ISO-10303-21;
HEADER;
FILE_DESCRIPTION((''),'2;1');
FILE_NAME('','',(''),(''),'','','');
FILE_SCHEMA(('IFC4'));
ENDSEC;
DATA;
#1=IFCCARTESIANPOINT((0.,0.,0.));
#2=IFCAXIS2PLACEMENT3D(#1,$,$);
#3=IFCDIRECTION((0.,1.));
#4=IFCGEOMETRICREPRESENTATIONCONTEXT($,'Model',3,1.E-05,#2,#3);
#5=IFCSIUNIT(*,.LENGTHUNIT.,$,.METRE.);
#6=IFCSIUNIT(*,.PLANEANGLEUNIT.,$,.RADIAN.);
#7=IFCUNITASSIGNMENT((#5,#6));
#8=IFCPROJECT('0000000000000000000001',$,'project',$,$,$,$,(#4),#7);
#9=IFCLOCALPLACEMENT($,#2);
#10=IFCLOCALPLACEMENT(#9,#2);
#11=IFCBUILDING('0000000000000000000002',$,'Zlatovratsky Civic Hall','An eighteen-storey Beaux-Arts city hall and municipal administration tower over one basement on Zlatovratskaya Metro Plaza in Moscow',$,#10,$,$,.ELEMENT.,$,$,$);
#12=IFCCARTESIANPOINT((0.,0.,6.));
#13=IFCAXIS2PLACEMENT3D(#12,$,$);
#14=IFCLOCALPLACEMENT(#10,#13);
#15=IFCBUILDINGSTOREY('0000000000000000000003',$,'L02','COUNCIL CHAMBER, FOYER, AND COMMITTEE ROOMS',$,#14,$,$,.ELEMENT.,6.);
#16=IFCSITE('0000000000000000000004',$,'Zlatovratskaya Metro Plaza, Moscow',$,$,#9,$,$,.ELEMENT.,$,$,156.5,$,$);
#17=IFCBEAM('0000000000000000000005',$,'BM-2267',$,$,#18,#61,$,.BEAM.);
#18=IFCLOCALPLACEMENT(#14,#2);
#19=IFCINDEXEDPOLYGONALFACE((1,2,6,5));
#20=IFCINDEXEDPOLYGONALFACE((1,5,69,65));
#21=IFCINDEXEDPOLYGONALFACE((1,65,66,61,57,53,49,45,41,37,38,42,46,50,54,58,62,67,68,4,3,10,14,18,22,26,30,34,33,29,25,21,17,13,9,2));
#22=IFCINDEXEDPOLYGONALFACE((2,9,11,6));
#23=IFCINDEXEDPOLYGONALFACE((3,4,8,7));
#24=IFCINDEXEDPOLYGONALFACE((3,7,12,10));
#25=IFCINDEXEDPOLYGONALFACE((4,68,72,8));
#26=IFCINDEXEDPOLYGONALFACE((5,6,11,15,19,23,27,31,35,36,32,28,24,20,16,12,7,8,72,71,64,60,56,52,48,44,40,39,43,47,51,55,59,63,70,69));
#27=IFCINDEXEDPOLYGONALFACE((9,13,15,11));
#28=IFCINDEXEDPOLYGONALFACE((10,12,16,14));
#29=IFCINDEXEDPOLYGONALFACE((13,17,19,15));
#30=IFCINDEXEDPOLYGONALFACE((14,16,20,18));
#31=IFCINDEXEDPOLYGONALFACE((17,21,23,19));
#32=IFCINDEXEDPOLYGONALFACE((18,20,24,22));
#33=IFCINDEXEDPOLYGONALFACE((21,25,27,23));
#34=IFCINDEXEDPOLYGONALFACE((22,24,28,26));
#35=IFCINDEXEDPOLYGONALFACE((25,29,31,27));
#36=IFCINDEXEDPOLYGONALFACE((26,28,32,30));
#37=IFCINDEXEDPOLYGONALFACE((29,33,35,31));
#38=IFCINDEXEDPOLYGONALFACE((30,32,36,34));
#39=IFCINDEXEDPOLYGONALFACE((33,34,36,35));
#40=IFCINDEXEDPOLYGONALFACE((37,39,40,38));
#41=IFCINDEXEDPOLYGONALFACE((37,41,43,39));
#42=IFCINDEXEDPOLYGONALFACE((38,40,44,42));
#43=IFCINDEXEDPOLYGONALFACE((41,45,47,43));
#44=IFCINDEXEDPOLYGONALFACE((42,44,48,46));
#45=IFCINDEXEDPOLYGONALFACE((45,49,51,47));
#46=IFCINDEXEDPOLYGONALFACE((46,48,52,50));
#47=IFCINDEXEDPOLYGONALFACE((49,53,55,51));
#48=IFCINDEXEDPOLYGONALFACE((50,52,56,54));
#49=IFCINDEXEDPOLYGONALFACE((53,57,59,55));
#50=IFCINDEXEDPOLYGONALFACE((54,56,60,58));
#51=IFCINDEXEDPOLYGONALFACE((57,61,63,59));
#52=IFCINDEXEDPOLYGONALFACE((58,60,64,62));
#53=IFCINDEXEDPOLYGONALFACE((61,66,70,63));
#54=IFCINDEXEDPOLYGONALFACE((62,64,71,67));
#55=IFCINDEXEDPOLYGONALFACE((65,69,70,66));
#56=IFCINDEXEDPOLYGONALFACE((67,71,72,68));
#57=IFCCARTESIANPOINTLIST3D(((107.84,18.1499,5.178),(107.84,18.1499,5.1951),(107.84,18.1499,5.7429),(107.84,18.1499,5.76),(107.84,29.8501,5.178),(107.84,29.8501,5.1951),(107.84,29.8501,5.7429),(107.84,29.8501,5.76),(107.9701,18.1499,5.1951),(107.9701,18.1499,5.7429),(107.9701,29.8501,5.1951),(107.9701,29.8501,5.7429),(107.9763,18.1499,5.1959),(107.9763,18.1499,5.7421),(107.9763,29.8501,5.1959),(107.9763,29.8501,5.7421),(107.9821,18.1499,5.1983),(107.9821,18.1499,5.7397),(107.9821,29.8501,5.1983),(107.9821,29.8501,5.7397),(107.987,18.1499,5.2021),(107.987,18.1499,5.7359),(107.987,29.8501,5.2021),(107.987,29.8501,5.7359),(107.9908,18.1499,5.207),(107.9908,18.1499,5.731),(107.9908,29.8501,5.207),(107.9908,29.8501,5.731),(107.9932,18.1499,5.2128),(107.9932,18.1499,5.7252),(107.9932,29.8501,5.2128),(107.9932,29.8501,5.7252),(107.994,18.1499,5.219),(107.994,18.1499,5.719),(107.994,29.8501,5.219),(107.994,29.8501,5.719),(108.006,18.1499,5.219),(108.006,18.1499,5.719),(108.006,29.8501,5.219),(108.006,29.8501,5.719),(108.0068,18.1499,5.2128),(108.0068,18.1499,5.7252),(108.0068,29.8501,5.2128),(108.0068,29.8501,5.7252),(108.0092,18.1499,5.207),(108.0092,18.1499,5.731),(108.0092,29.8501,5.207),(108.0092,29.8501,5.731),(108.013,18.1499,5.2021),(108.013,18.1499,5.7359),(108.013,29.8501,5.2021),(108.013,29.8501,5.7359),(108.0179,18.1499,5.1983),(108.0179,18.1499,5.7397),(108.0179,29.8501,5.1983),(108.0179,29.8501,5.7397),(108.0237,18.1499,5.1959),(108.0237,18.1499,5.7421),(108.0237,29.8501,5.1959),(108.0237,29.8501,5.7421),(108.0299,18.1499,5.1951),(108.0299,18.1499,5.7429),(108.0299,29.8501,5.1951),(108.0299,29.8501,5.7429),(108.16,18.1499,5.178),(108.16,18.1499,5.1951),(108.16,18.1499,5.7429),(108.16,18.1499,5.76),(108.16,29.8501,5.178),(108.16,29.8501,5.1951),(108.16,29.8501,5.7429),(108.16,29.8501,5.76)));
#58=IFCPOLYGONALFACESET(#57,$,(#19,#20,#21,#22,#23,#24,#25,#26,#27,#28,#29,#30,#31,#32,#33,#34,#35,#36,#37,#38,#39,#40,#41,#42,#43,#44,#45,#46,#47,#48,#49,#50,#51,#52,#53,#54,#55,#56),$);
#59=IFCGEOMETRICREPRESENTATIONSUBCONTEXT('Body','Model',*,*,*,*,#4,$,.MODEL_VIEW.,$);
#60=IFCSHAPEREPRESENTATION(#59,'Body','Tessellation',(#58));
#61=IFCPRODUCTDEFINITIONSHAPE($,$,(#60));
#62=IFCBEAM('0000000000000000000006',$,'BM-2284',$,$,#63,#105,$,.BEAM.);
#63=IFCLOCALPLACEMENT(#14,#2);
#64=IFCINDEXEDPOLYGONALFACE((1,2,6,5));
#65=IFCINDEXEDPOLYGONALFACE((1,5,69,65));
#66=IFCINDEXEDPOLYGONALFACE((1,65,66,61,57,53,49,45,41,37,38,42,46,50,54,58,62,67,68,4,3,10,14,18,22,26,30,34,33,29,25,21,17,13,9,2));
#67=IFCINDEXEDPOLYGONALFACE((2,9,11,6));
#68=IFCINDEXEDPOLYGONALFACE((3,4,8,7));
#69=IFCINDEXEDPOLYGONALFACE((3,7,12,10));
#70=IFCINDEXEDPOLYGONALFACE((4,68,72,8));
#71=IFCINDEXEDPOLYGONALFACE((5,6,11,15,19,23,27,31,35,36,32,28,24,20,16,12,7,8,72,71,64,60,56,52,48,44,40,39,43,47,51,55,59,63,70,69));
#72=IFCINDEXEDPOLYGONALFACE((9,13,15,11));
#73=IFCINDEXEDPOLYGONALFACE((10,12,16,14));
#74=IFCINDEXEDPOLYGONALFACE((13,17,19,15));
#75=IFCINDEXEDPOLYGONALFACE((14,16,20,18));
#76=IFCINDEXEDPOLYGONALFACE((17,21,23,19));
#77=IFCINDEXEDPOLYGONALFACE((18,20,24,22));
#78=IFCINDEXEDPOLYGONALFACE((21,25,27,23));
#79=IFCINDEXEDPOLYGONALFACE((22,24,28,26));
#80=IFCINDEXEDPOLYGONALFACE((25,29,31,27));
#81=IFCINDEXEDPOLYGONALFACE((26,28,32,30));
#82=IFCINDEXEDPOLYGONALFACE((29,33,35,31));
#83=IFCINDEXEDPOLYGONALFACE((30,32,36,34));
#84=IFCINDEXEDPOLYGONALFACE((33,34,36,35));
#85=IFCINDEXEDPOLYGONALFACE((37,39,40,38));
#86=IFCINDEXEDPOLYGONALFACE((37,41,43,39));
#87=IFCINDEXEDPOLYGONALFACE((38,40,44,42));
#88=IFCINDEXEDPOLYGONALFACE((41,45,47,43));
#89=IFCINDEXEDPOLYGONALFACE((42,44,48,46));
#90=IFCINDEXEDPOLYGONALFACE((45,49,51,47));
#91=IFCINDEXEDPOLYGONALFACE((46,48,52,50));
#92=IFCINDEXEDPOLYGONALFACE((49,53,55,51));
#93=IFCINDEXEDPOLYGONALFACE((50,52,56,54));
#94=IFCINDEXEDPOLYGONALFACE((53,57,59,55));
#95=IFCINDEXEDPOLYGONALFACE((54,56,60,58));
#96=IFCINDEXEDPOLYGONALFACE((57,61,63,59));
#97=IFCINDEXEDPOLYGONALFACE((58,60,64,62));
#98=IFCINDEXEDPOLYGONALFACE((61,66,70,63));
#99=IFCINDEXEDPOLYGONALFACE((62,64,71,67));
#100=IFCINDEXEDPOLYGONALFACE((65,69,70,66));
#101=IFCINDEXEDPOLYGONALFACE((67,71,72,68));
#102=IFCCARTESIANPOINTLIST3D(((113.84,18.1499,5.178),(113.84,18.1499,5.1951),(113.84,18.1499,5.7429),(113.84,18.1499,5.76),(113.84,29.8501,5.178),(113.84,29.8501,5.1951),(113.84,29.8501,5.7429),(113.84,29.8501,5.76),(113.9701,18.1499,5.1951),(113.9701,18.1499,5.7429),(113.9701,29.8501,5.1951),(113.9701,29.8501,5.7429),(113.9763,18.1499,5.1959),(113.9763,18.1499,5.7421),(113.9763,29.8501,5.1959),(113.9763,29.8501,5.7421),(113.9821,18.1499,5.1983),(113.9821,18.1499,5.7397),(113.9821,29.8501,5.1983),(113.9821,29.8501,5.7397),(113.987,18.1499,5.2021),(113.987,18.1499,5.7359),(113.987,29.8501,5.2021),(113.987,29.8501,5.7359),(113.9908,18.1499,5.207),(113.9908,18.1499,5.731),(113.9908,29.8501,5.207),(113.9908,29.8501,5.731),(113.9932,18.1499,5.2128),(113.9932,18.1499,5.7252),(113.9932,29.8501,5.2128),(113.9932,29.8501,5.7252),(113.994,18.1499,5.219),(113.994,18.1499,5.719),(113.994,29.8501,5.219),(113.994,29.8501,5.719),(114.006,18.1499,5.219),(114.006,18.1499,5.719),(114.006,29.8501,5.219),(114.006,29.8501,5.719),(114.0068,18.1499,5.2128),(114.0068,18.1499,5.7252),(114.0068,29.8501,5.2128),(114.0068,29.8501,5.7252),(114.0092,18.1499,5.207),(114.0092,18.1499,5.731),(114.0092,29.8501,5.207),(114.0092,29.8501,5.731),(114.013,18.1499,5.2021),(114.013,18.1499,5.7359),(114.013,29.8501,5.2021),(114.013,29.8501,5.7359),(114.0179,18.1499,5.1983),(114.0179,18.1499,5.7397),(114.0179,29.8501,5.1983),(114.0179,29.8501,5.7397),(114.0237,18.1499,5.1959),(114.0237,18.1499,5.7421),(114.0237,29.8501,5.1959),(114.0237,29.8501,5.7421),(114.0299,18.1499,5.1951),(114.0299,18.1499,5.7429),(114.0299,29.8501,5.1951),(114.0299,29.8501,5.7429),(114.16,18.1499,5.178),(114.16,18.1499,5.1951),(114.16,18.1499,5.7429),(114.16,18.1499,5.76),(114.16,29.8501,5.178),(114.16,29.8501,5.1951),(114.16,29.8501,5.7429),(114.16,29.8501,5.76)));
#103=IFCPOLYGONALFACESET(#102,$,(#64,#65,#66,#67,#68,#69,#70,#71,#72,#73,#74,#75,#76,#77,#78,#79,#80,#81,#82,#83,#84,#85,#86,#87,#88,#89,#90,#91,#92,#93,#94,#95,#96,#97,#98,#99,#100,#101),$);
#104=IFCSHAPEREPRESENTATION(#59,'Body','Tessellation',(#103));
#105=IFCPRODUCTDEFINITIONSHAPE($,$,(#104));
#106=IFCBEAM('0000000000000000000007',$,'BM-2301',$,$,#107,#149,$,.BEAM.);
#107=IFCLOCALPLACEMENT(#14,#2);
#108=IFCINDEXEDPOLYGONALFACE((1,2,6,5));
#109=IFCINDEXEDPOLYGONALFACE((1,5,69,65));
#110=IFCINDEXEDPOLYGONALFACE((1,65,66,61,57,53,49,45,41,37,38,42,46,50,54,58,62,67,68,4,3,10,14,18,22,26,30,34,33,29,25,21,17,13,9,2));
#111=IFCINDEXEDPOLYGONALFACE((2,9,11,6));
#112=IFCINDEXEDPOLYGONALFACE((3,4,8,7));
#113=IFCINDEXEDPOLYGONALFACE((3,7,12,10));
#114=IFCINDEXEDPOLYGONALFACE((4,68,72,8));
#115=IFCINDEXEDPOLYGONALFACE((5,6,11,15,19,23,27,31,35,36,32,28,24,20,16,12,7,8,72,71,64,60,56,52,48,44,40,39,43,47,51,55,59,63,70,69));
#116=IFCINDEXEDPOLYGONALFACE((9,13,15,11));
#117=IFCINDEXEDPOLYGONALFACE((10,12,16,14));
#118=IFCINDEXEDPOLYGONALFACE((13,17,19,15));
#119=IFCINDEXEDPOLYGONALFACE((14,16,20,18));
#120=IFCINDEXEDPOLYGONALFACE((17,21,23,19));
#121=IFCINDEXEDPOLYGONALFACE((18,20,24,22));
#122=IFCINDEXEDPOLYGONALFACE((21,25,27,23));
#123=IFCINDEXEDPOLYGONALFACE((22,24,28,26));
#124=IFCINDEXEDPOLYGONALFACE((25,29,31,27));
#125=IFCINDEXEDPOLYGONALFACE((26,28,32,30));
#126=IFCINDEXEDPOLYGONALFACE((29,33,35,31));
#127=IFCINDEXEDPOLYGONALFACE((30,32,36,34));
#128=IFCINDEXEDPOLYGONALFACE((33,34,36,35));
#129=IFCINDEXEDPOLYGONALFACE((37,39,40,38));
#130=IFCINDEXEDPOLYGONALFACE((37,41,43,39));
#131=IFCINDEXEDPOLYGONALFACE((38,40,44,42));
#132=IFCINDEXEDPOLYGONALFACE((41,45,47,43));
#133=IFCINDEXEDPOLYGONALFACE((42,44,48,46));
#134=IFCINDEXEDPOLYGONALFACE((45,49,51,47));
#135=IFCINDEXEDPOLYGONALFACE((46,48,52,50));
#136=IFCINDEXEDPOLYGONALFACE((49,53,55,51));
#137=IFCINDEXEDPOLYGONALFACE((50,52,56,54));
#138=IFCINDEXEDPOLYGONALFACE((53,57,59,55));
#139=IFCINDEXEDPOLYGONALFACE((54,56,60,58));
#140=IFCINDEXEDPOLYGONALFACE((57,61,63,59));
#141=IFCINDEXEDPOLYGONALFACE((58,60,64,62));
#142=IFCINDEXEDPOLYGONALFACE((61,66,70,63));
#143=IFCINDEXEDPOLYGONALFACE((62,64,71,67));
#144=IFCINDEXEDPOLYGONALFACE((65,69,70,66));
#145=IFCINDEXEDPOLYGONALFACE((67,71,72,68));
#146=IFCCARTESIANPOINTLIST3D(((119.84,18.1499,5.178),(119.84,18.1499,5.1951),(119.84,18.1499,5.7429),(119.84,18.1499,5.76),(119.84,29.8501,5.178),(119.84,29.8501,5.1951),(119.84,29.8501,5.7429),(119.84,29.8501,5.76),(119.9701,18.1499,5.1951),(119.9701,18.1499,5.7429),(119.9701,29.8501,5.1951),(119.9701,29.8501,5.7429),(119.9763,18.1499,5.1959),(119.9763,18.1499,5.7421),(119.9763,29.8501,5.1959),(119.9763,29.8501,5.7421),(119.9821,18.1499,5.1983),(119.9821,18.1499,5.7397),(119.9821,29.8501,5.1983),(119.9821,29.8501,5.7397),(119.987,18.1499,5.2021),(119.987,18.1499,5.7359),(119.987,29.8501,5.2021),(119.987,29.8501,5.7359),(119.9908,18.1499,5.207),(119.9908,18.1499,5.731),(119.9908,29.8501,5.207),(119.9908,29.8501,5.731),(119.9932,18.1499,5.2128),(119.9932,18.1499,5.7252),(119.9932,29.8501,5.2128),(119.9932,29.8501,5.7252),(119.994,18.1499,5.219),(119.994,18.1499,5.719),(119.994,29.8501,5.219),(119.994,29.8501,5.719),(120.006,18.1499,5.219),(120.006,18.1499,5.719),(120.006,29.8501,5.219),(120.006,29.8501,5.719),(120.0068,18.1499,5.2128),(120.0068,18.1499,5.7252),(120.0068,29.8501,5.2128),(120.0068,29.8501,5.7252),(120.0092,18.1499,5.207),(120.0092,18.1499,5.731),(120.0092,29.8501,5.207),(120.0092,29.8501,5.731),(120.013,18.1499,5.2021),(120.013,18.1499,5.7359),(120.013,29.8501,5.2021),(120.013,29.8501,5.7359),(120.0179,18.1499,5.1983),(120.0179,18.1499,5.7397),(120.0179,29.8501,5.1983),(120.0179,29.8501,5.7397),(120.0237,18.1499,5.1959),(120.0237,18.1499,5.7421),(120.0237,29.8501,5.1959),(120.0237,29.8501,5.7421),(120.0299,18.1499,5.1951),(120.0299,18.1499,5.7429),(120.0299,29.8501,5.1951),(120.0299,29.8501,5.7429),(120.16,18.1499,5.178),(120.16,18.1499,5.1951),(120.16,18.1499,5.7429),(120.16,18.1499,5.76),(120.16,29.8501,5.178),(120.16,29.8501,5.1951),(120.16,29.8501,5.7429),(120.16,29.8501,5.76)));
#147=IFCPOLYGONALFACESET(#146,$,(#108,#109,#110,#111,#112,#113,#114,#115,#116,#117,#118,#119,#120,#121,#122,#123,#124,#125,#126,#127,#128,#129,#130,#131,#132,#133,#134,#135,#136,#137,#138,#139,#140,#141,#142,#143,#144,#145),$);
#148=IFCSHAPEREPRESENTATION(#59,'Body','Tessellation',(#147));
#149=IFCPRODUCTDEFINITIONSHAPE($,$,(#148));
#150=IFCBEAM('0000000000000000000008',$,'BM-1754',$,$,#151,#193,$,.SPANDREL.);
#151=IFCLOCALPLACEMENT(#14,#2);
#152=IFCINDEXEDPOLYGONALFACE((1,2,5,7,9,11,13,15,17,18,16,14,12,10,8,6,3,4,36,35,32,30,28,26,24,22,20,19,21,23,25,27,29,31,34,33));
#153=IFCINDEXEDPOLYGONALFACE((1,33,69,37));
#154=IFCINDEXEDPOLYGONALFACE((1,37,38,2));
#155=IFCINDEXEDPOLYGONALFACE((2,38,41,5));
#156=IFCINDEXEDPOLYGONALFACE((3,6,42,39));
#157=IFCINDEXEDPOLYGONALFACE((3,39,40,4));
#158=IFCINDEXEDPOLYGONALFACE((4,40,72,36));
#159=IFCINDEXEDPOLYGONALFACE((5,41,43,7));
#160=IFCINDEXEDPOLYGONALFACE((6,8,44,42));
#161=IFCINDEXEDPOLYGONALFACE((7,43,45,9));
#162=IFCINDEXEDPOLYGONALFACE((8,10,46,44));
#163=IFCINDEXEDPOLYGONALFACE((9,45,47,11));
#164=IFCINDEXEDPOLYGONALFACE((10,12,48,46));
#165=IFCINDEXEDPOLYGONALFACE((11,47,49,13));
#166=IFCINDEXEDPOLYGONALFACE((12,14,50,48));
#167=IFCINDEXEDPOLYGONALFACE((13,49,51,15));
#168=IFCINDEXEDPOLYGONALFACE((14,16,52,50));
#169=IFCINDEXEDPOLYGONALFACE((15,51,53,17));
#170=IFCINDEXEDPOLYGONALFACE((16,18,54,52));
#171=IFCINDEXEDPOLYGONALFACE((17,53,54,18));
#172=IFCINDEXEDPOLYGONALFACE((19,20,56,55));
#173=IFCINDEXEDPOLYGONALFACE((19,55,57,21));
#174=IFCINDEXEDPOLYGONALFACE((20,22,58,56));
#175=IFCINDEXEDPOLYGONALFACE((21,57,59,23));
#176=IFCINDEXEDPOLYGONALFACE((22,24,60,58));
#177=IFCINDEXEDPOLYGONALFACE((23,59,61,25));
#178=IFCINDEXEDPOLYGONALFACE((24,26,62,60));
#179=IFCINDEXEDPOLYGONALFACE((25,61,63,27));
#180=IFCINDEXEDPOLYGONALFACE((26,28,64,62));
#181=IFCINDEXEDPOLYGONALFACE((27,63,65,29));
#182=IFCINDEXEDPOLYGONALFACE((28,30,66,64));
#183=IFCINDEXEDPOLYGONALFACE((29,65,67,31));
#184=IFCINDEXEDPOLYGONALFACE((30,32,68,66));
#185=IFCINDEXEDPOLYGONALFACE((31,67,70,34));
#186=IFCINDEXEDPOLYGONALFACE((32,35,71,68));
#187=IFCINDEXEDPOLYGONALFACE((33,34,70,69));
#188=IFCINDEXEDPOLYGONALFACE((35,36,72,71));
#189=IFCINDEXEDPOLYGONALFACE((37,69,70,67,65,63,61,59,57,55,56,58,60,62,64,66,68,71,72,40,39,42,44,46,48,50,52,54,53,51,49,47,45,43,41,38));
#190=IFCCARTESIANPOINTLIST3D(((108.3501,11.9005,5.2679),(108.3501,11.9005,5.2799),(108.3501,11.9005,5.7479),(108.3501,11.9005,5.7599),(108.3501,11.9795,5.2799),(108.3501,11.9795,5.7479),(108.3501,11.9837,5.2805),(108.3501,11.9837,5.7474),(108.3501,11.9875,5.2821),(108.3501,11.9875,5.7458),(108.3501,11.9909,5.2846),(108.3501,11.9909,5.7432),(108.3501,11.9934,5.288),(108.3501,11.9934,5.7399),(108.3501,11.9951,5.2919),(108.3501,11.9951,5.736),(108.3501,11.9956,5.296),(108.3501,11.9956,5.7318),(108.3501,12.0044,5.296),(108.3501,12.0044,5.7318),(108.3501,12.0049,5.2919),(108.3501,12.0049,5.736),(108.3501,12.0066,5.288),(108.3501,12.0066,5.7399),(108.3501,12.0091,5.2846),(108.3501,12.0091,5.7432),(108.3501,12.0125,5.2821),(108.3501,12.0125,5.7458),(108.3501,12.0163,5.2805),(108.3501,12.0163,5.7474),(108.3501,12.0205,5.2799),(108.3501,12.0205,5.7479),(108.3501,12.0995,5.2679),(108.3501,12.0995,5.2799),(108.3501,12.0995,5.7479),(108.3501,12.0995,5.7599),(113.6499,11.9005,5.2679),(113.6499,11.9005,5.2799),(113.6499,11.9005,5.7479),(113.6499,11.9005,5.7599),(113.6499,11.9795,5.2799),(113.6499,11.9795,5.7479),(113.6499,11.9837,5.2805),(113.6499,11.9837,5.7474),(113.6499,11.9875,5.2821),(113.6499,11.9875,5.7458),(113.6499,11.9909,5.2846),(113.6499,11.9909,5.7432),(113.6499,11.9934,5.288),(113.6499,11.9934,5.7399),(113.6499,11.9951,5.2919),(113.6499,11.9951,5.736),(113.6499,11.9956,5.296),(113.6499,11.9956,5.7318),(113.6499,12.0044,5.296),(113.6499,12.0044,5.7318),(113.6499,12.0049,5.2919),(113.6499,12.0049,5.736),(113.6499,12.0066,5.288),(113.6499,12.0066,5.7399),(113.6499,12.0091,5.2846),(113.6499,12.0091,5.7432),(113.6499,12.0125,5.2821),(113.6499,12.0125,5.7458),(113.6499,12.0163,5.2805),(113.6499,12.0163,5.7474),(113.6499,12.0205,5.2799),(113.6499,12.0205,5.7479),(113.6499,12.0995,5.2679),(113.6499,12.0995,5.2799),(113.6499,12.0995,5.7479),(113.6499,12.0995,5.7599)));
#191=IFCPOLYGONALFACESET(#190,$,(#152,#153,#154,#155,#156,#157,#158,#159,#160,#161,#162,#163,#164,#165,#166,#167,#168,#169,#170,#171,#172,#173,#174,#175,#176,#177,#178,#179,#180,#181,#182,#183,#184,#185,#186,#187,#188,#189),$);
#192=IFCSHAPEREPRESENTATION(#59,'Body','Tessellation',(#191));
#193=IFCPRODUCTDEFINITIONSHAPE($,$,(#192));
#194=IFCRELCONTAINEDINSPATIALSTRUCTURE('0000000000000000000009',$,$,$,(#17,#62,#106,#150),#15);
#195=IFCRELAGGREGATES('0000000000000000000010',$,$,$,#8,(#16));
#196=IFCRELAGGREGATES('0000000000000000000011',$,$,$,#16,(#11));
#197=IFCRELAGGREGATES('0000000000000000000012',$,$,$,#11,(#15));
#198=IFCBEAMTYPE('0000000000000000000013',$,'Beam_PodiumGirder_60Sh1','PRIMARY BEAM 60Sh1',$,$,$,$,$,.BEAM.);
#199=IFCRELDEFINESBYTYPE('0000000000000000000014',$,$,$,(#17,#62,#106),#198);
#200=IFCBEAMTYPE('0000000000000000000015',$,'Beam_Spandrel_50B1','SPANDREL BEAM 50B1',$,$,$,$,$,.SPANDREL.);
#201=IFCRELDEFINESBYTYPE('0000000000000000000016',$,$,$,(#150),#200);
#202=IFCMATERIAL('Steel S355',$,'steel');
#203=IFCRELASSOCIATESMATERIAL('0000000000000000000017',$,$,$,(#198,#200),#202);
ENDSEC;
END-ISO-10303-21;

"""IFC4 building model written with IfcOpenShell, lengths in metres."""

from ifc_helpers import new_model, si_unit, direction, frame, origin, origin_2d, place, context, subcontext, project, spatial, i_section, extrude, material, material_profile, profile_set, type_object, element, save


model = new_model("IFC4")

# Units and contexts
model_context = context("Model", 3, precision=1e-05, world=origin(), true_north=direction((0.0, 1.0)))
body_context = subcontext(model_context, "Body", "Model", "MODEL_VIEW")
ifc_project = project(units=[si_unit("LENGTHUNIT", "METRE"), si_unit("PLANEANGLEUNIT", "RADIAN")], contexts=[model_context])

# Site, building, storey
site_placement = place(None, origin())
site = spatial("IfcSite", under=ifc_project, at=site_placement, Name="Zlatovratskaya Metro Plaza, Moscow", CompositionType="ELEMENT", RefElevation=156.5)
building_placement = place(site_placement, origin())
building = spatial("IfcBuilding", under=site, at=building_placement, Name="Zlatovratsky Civic Hall", Description="An eighteen-storey Beaux-Arts city hall and municipal administration tower over one basement on Zlatovratskaya Metro Plaza in Moscow", CompositionType="ELEMENT")
storey_placement = place(building_placement, frame((0.0, 0.0, 6.0)))
storey = spatial("IfcBuildingStorey", under=building, at=storey_placement, Name="L02", Description="COUNCIL CHAMBER, FOYER, AND COMMITTEE ROOMS", CompositionType="ELEMENT", Elevation=6.0)

# Shared definitions
ifc_material_1 = material(Name="Steel S355", Category="steel")

# Beams
ifc_material_profile_1 = material_profile(ifc_material_1, i_section(OverallWidth=0.3201, OverallDepth=0.582, WebThickness=0.012, FlangeThickness=0.0171, FilletRadius=0.0239, at=origin_2d()), Name="60Sh1")
ifc_profile_set_1 = profile_set([ifc_material_profile_1], Name="Steel S355")
beam_type_1 = type_object("IfcBeamType", Name="Beam_PodiumGirder_60Sh1", Description="PRIMARY BEAM 60Sh1", PredefinedType="BEAM", material=ifc_profile_set_1)
for number, where, z_axis, x_axis, name in (
    (1, (108.0, 18.1499, 5.469), (0.0, 1.0, 0.0), (-1.0, 0.0, 0.0), "BM-2267"),
    (2, (114.0, 18.1499, 5.469), (0.0, 1.0, 0.0), (-1.0, 0.0, 0.0), "BM-2284"),
    (3, (120.0, 18.1499, 5.469), (0.0, 1.0, 0.0), (-1.0, 0.0, 0.0), "BM-2301"),
):
    element("IfcBeam", number, at=place(storey_placement, frame(where, z_axis=z_axis, x_axis=x_axis)), inside=storey, type_object=beam_type_1, Name=name, PredefinedType="BEAM", context=body_context, shape_type="SweptSolid", body=[
        extrude(i_section(OverallWidth=0.3201, OverallDepth=0.582, WebThickness=0.012, FlangeThickness=0.0171, FilletRadius=0.0239, at=origin_2d()), origin(), (0.0, 0.0, 1.0), 11.7002),
    ])
ifc_material_profile_2 = material_profile(ifc_material_1, i_section(OverallWidth=0.199, OverallDepth=0.4919, WebThickness=0.0088, FlangeThickness=0.012, FilletRadius=0.0161, at=origin_2d()), Name="50B1")
ifc_profile_set_2 = profile_set([ifc_material_profile_2], Name="Steel S355")
beam_type_2 = type_object("IfcBeamType", Name="Beam_Spandrel_50B1", Description="SPANDREL BEAM 50B1", PredefinedType="SPANDREL", material=ifc_profile_set_2)
beam_1_placement = place(storey_placement, frame((108.3501, 12.0, 5.5139), z_axis=(1.0, 0.0, 0.0), x_axis=(0.0, 1.0, 0.0)))
element("IfcBeam", 4, at=beam_1_placement, inside=storey, type_object=beam_type_2, Name="BM-1754", PredefinedType="SPANDREL", context=body_context, shape_type="SweptSolid", body=[
    extrude(i_section(OverallWidth=0.199, OverallDepth=0.4919, WebThickness=0.0088, FlangeThickness=0.012, FilletRadius=0.0161, at=origin_2d()), origin(), (0.0, 0.0, 1.0), 5.2998),
])

save(model, "model.ifc")
